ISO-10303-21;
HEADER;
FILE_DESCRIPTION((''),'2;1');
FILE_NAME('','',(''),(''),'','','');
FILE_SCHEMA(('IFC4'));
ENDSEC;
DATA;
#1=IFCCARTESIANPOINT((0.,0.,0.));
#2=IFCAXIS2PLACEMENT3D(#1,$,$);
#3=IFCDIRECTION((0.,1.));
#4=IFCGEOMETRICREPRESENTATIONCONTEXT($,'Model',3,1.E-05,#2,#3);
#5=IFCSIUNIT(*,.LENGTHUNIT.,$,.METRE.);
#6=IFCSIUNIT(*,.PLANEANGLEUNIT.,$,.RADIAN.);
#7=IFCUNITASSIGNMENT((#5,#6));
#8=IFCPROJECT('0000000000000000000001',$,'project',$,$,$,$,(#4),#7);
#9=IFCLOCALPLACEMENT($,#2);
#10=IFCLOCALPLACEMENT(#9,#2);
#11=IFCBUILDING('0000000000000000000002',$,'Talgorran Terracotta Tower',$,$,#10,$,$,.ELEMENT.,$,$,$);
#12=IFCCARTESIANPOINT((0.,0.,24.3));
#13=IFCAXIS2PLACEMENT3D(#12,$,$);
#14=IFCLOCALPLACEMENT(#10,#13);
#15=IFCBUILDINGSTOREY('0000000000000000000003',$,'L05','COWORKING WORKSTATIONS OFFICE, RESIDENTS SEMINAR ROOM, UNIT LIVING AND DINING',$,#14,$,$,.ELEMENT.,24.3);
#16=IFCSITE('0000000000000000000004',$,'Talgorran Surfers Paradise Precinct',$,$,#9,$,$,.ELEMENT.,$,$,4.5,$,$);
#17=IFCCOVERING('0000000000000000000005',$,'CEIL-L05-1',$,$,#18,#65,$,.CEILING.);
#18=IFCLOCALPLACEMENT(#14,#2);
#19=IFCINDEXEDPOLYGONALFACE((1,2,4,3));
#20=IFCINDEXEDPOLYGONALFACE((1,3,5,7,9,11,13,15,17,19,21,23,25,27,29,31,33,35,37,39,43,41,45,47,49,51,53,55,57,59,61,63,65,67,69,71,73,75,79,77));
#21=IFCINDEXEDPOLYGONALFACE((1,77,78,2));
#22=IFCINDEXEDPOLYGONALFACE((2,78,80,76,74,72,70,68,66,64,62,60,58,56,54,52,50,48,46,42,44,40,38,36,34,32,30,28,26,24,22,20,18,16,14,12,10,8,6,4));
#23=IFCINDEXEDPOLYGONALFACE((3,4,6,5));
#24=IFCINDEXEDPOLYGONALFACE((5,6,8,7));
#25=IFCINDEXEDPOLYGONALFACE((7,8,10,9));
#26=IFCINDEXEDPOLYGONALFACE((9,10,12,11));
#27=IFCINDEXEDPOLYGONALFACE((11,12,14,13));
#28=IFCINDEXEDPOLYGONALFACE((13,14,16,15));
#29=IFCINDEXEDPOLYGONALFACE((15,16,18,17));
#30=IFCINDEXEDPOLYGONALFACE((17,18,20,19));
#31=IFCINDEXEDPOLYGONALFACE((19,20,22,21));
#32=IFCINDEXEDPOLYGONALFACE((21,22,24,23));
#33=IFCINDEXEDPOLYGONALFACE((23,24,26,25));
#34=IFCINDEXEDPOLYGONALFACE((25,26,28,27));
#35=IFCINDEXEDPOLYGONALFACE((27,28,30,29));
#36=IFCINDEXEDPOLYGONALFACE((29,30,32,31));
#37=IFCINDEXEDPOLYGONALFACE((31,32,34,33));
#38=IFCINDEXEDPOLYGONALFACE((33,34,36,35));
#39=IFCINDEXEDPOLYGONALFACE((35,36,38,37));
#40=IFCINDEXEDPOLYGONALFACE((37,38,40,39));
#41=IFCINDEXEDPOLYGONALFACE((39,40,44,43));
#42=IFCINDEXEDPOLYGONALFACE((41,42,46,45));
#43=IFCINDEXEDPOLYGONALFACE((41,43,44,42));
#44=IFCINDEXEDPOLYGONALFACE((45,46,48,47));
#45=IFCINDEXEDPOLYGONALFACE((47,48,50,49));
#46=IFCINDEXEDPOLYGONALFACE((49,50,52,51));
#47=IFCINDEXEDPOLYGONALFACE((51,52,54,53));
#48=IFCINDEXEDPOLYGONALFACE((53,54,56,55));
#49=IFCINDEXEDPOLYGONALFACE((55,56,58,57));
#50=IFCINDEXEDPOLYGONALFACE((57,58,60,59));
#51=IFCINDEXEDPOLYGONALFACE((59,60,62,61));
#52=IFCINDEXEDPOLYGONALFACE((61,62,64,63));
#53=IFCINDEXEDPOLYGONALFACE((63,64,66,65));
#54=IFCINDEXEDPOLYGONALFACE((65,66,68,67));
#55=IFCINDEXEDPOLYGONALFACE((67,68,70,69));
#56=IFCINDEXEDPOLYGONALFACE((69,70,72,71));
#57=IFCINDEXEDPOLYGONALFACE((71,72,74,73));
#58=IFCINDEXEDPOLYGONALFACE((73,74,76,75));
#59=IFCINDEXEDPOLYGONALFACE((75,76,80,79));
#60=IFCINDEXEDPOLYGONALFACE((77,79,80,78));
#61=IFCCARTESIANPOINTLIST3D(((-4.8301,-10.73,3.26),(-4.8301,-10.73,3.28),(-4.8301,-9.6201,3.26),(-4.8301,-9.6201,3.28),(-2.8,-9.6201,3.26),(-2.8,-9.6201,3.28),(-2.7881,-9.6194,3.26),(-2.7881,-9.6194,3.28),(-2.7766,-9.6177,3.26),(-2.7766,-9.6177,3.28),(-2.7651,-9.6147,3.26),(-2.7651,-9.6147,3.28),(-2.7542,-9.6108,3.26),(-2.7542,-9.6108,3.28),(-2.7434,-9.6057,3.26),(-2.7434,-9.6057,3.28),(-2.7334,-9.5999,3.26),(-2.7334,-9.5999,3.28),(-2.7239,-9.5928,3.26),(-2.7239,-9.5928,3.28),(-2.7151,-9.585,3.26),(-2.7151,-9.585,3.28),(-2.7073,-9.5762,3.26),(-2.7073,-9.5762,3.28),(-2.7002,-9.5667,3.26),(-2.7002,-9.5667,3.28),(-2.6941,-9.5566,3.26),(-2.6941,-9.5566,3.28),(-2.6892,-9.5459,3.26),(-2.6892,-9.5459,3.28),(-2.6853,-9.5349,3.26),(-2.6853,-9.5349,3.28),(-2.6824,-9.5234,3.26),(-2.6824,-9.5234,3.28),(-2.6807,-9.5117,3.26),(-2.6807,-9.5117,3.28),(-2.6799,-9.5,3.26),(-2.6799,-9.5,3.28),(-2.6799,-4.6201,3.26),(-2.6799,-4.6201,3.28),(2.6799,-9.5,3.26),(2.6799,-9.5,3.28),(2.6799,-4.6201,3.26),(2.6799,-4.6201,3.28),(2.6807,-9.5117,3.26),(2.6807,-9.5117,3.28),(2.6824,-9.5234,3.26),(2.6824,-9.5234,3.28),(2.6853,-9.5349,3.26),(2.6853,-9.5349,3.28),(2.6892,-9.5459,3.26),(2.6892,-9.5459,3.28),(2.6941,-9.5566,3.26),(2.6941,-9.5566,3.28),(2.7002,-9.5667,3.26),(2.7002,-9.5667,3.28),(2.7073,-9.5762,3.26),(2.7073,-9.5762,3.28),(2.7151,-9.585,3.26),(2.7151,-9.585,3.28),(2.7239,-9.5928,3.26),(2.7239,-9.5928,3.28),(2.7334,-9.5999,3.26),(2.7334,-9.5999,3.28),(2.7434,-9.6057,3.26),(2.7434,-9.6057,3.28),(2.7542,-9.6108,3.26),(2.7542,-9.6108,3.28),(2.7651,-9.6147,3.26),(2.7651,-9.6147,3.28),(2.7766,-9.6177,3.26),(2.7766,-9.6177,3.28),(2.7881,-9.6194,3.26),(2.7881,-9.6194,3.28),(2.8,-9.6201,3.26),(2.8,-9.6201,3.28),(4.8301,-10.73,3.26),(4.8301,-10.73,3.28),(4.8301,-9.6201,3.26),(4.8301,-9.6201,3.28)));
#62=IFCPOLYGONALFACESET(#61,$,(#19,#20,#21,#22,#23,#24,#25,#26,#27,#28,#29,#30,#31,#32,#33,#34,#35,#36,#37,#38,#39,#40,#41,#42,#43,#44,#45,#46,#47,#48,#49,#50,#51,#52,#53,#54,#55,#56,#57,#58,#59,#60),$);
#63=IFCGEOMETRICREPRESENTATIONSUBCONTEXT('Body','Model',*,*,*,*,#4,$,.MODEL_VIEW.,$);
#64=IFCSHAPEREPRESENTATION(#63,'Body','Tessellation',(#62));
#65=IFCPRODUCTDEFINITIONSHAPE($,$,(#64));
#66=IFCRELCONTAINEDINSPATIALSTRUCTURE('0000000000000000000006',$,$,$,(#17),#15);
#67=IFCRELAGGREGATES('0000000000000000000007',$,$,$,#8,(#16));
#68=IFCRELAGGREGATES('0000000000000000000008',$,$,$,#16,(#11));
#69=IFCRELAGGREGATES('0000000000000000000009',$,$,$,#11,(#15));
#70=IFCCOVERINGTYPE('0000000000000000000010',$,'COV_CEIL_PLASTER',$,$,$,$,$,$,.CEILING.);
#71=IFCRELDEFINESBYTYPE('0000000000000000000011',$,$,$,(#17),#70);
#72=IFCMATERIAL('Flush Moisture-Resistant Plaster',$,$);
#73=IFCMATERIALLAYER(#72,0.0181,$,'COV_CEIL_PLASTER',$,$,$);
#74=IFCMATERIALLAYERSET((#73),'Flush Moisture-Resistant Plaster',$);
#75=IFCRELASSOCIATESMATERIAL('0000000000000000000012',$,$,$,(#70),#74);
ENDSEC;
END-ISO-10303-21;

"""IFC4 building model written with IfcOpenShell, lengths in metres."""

from ifc_helpers import new_model, si_unit, direction, frame, origin, place, context, subcontext, project, spatial, polyline, outline, extrude, material, layer, layer_set, type_object, element, save


model = new_model("IFC4")

# Units and contexts
model_context = context("Model", 3, precision=1e-05, world=origin(), true_north=direction((0.0, 1.0)))
body_context = subcontext(model_context, "Body", "Model", "MODEL_VIEW")
ifc_project = project(units=[si_unit("LENGTHUNIT", "METRE"), si_unit("PLANEANGLEUNIT", "RADIAN")], contexts=[model_context])

# Site, building, storey
site_placement = place(None, origin())
site = spatial("IfcSite", under=ifc_project, at=site_placement, Name="Talgorran Surfers Paradise Precinct", CompositionType="ELEMENT", RefElevation=4.5)
building_placement = place(site_placement, origin())
building = spatial("IfcBuilding", under=site, at=building_placement, Name="Talgorran Terracotta Tower", CompositionType="ELEMENT")
storey_placement = place(building_placement, frame((0.0, 0.0, 24.3)))
storey = spatial("IfcBuildingStorey", under=building, at=storey_placement, Name="L05", Description="COWORKING WORKSTATIONS OFFICE, RESIDENTS SEMINAR ROOM, UNIT LIVING AND DINING", CompositionType="ELEMENT", Elevation=24.3)

# Covering
ifc_material_1 = material(Name="Flush Moisture-Resistant Plaster")
ifc_layer_1 = layer(ifc_material_1, 0.0181, Name="COV_CEIL_PLASTER")
ifc_layer_set_1 = layer_set([ifc_layer_1], Name="Flush Moisture-Resistant Plaster")
covering_type_1 = type_object("IfcCoveringType", Name="COV_CEIL_PLASTER", PredefinedType="CEILING", material=ifc_layer_set_1)
covering_1_placement = place(storey_placement, frame((0.0, 0.0, 3.26)))
element("IfcCovering", 1, at=covering_1_placement, inside=storey, type_object=covering_type_1, Name="CEIL-L05-1", PredefinedType="CEILING", context=body_context, shape_type="SweptSolid", body=[
    extrude(outline(polyline([(-4.8301, -9.6201), (-2.8, -9.6201), (-2.7881, -9.6194), (-2.7766, -9.6177), (-2.7651, -9.6147), (-2.7542, -9.6108), (-2.7434, -9.6057), (-2.7334, -9.5999), (-2.7239, -9.5928), (-2.7151, -9.585), (-2.7073, -9.5762), (-2.7002, -9.5667), (-2.6941, -9.5566), (-2.6892, -9.5459), (-2.6853, -9.5349), (-2.6824, -9.5234), (-2.6807, -9.5117), (-2.6799, -9.5), (-2.6799, -4.6201), (2.6799, -4.6201), (2.6799, -9.5), (2.6807, -9.5117), (2.6824, -9.5234), (2.6853, -9.5349), (2.6892, -9.5459), (2.6941, -9.5566), (2.7002, -9.5667), (2.7073, -9.5762), (2.7151, -9.585), (2.7239, -9.5928), (2.7334, -9.5999), (2.7434, -9.6057), (2.7542, -9.6108), (2.7651, -9.6147), (2.7766, -9.6177), (2.7881, -9.6194), (2.8, -9.6201), (4.8301, -9.6201), (4.8301, -10.73), (-4.8301, -10.73), (-4.8301, -9.6201)])), origin(), (0.0, 0.0, 1.0), 0.02),
])

save(model, "model.ifc")
